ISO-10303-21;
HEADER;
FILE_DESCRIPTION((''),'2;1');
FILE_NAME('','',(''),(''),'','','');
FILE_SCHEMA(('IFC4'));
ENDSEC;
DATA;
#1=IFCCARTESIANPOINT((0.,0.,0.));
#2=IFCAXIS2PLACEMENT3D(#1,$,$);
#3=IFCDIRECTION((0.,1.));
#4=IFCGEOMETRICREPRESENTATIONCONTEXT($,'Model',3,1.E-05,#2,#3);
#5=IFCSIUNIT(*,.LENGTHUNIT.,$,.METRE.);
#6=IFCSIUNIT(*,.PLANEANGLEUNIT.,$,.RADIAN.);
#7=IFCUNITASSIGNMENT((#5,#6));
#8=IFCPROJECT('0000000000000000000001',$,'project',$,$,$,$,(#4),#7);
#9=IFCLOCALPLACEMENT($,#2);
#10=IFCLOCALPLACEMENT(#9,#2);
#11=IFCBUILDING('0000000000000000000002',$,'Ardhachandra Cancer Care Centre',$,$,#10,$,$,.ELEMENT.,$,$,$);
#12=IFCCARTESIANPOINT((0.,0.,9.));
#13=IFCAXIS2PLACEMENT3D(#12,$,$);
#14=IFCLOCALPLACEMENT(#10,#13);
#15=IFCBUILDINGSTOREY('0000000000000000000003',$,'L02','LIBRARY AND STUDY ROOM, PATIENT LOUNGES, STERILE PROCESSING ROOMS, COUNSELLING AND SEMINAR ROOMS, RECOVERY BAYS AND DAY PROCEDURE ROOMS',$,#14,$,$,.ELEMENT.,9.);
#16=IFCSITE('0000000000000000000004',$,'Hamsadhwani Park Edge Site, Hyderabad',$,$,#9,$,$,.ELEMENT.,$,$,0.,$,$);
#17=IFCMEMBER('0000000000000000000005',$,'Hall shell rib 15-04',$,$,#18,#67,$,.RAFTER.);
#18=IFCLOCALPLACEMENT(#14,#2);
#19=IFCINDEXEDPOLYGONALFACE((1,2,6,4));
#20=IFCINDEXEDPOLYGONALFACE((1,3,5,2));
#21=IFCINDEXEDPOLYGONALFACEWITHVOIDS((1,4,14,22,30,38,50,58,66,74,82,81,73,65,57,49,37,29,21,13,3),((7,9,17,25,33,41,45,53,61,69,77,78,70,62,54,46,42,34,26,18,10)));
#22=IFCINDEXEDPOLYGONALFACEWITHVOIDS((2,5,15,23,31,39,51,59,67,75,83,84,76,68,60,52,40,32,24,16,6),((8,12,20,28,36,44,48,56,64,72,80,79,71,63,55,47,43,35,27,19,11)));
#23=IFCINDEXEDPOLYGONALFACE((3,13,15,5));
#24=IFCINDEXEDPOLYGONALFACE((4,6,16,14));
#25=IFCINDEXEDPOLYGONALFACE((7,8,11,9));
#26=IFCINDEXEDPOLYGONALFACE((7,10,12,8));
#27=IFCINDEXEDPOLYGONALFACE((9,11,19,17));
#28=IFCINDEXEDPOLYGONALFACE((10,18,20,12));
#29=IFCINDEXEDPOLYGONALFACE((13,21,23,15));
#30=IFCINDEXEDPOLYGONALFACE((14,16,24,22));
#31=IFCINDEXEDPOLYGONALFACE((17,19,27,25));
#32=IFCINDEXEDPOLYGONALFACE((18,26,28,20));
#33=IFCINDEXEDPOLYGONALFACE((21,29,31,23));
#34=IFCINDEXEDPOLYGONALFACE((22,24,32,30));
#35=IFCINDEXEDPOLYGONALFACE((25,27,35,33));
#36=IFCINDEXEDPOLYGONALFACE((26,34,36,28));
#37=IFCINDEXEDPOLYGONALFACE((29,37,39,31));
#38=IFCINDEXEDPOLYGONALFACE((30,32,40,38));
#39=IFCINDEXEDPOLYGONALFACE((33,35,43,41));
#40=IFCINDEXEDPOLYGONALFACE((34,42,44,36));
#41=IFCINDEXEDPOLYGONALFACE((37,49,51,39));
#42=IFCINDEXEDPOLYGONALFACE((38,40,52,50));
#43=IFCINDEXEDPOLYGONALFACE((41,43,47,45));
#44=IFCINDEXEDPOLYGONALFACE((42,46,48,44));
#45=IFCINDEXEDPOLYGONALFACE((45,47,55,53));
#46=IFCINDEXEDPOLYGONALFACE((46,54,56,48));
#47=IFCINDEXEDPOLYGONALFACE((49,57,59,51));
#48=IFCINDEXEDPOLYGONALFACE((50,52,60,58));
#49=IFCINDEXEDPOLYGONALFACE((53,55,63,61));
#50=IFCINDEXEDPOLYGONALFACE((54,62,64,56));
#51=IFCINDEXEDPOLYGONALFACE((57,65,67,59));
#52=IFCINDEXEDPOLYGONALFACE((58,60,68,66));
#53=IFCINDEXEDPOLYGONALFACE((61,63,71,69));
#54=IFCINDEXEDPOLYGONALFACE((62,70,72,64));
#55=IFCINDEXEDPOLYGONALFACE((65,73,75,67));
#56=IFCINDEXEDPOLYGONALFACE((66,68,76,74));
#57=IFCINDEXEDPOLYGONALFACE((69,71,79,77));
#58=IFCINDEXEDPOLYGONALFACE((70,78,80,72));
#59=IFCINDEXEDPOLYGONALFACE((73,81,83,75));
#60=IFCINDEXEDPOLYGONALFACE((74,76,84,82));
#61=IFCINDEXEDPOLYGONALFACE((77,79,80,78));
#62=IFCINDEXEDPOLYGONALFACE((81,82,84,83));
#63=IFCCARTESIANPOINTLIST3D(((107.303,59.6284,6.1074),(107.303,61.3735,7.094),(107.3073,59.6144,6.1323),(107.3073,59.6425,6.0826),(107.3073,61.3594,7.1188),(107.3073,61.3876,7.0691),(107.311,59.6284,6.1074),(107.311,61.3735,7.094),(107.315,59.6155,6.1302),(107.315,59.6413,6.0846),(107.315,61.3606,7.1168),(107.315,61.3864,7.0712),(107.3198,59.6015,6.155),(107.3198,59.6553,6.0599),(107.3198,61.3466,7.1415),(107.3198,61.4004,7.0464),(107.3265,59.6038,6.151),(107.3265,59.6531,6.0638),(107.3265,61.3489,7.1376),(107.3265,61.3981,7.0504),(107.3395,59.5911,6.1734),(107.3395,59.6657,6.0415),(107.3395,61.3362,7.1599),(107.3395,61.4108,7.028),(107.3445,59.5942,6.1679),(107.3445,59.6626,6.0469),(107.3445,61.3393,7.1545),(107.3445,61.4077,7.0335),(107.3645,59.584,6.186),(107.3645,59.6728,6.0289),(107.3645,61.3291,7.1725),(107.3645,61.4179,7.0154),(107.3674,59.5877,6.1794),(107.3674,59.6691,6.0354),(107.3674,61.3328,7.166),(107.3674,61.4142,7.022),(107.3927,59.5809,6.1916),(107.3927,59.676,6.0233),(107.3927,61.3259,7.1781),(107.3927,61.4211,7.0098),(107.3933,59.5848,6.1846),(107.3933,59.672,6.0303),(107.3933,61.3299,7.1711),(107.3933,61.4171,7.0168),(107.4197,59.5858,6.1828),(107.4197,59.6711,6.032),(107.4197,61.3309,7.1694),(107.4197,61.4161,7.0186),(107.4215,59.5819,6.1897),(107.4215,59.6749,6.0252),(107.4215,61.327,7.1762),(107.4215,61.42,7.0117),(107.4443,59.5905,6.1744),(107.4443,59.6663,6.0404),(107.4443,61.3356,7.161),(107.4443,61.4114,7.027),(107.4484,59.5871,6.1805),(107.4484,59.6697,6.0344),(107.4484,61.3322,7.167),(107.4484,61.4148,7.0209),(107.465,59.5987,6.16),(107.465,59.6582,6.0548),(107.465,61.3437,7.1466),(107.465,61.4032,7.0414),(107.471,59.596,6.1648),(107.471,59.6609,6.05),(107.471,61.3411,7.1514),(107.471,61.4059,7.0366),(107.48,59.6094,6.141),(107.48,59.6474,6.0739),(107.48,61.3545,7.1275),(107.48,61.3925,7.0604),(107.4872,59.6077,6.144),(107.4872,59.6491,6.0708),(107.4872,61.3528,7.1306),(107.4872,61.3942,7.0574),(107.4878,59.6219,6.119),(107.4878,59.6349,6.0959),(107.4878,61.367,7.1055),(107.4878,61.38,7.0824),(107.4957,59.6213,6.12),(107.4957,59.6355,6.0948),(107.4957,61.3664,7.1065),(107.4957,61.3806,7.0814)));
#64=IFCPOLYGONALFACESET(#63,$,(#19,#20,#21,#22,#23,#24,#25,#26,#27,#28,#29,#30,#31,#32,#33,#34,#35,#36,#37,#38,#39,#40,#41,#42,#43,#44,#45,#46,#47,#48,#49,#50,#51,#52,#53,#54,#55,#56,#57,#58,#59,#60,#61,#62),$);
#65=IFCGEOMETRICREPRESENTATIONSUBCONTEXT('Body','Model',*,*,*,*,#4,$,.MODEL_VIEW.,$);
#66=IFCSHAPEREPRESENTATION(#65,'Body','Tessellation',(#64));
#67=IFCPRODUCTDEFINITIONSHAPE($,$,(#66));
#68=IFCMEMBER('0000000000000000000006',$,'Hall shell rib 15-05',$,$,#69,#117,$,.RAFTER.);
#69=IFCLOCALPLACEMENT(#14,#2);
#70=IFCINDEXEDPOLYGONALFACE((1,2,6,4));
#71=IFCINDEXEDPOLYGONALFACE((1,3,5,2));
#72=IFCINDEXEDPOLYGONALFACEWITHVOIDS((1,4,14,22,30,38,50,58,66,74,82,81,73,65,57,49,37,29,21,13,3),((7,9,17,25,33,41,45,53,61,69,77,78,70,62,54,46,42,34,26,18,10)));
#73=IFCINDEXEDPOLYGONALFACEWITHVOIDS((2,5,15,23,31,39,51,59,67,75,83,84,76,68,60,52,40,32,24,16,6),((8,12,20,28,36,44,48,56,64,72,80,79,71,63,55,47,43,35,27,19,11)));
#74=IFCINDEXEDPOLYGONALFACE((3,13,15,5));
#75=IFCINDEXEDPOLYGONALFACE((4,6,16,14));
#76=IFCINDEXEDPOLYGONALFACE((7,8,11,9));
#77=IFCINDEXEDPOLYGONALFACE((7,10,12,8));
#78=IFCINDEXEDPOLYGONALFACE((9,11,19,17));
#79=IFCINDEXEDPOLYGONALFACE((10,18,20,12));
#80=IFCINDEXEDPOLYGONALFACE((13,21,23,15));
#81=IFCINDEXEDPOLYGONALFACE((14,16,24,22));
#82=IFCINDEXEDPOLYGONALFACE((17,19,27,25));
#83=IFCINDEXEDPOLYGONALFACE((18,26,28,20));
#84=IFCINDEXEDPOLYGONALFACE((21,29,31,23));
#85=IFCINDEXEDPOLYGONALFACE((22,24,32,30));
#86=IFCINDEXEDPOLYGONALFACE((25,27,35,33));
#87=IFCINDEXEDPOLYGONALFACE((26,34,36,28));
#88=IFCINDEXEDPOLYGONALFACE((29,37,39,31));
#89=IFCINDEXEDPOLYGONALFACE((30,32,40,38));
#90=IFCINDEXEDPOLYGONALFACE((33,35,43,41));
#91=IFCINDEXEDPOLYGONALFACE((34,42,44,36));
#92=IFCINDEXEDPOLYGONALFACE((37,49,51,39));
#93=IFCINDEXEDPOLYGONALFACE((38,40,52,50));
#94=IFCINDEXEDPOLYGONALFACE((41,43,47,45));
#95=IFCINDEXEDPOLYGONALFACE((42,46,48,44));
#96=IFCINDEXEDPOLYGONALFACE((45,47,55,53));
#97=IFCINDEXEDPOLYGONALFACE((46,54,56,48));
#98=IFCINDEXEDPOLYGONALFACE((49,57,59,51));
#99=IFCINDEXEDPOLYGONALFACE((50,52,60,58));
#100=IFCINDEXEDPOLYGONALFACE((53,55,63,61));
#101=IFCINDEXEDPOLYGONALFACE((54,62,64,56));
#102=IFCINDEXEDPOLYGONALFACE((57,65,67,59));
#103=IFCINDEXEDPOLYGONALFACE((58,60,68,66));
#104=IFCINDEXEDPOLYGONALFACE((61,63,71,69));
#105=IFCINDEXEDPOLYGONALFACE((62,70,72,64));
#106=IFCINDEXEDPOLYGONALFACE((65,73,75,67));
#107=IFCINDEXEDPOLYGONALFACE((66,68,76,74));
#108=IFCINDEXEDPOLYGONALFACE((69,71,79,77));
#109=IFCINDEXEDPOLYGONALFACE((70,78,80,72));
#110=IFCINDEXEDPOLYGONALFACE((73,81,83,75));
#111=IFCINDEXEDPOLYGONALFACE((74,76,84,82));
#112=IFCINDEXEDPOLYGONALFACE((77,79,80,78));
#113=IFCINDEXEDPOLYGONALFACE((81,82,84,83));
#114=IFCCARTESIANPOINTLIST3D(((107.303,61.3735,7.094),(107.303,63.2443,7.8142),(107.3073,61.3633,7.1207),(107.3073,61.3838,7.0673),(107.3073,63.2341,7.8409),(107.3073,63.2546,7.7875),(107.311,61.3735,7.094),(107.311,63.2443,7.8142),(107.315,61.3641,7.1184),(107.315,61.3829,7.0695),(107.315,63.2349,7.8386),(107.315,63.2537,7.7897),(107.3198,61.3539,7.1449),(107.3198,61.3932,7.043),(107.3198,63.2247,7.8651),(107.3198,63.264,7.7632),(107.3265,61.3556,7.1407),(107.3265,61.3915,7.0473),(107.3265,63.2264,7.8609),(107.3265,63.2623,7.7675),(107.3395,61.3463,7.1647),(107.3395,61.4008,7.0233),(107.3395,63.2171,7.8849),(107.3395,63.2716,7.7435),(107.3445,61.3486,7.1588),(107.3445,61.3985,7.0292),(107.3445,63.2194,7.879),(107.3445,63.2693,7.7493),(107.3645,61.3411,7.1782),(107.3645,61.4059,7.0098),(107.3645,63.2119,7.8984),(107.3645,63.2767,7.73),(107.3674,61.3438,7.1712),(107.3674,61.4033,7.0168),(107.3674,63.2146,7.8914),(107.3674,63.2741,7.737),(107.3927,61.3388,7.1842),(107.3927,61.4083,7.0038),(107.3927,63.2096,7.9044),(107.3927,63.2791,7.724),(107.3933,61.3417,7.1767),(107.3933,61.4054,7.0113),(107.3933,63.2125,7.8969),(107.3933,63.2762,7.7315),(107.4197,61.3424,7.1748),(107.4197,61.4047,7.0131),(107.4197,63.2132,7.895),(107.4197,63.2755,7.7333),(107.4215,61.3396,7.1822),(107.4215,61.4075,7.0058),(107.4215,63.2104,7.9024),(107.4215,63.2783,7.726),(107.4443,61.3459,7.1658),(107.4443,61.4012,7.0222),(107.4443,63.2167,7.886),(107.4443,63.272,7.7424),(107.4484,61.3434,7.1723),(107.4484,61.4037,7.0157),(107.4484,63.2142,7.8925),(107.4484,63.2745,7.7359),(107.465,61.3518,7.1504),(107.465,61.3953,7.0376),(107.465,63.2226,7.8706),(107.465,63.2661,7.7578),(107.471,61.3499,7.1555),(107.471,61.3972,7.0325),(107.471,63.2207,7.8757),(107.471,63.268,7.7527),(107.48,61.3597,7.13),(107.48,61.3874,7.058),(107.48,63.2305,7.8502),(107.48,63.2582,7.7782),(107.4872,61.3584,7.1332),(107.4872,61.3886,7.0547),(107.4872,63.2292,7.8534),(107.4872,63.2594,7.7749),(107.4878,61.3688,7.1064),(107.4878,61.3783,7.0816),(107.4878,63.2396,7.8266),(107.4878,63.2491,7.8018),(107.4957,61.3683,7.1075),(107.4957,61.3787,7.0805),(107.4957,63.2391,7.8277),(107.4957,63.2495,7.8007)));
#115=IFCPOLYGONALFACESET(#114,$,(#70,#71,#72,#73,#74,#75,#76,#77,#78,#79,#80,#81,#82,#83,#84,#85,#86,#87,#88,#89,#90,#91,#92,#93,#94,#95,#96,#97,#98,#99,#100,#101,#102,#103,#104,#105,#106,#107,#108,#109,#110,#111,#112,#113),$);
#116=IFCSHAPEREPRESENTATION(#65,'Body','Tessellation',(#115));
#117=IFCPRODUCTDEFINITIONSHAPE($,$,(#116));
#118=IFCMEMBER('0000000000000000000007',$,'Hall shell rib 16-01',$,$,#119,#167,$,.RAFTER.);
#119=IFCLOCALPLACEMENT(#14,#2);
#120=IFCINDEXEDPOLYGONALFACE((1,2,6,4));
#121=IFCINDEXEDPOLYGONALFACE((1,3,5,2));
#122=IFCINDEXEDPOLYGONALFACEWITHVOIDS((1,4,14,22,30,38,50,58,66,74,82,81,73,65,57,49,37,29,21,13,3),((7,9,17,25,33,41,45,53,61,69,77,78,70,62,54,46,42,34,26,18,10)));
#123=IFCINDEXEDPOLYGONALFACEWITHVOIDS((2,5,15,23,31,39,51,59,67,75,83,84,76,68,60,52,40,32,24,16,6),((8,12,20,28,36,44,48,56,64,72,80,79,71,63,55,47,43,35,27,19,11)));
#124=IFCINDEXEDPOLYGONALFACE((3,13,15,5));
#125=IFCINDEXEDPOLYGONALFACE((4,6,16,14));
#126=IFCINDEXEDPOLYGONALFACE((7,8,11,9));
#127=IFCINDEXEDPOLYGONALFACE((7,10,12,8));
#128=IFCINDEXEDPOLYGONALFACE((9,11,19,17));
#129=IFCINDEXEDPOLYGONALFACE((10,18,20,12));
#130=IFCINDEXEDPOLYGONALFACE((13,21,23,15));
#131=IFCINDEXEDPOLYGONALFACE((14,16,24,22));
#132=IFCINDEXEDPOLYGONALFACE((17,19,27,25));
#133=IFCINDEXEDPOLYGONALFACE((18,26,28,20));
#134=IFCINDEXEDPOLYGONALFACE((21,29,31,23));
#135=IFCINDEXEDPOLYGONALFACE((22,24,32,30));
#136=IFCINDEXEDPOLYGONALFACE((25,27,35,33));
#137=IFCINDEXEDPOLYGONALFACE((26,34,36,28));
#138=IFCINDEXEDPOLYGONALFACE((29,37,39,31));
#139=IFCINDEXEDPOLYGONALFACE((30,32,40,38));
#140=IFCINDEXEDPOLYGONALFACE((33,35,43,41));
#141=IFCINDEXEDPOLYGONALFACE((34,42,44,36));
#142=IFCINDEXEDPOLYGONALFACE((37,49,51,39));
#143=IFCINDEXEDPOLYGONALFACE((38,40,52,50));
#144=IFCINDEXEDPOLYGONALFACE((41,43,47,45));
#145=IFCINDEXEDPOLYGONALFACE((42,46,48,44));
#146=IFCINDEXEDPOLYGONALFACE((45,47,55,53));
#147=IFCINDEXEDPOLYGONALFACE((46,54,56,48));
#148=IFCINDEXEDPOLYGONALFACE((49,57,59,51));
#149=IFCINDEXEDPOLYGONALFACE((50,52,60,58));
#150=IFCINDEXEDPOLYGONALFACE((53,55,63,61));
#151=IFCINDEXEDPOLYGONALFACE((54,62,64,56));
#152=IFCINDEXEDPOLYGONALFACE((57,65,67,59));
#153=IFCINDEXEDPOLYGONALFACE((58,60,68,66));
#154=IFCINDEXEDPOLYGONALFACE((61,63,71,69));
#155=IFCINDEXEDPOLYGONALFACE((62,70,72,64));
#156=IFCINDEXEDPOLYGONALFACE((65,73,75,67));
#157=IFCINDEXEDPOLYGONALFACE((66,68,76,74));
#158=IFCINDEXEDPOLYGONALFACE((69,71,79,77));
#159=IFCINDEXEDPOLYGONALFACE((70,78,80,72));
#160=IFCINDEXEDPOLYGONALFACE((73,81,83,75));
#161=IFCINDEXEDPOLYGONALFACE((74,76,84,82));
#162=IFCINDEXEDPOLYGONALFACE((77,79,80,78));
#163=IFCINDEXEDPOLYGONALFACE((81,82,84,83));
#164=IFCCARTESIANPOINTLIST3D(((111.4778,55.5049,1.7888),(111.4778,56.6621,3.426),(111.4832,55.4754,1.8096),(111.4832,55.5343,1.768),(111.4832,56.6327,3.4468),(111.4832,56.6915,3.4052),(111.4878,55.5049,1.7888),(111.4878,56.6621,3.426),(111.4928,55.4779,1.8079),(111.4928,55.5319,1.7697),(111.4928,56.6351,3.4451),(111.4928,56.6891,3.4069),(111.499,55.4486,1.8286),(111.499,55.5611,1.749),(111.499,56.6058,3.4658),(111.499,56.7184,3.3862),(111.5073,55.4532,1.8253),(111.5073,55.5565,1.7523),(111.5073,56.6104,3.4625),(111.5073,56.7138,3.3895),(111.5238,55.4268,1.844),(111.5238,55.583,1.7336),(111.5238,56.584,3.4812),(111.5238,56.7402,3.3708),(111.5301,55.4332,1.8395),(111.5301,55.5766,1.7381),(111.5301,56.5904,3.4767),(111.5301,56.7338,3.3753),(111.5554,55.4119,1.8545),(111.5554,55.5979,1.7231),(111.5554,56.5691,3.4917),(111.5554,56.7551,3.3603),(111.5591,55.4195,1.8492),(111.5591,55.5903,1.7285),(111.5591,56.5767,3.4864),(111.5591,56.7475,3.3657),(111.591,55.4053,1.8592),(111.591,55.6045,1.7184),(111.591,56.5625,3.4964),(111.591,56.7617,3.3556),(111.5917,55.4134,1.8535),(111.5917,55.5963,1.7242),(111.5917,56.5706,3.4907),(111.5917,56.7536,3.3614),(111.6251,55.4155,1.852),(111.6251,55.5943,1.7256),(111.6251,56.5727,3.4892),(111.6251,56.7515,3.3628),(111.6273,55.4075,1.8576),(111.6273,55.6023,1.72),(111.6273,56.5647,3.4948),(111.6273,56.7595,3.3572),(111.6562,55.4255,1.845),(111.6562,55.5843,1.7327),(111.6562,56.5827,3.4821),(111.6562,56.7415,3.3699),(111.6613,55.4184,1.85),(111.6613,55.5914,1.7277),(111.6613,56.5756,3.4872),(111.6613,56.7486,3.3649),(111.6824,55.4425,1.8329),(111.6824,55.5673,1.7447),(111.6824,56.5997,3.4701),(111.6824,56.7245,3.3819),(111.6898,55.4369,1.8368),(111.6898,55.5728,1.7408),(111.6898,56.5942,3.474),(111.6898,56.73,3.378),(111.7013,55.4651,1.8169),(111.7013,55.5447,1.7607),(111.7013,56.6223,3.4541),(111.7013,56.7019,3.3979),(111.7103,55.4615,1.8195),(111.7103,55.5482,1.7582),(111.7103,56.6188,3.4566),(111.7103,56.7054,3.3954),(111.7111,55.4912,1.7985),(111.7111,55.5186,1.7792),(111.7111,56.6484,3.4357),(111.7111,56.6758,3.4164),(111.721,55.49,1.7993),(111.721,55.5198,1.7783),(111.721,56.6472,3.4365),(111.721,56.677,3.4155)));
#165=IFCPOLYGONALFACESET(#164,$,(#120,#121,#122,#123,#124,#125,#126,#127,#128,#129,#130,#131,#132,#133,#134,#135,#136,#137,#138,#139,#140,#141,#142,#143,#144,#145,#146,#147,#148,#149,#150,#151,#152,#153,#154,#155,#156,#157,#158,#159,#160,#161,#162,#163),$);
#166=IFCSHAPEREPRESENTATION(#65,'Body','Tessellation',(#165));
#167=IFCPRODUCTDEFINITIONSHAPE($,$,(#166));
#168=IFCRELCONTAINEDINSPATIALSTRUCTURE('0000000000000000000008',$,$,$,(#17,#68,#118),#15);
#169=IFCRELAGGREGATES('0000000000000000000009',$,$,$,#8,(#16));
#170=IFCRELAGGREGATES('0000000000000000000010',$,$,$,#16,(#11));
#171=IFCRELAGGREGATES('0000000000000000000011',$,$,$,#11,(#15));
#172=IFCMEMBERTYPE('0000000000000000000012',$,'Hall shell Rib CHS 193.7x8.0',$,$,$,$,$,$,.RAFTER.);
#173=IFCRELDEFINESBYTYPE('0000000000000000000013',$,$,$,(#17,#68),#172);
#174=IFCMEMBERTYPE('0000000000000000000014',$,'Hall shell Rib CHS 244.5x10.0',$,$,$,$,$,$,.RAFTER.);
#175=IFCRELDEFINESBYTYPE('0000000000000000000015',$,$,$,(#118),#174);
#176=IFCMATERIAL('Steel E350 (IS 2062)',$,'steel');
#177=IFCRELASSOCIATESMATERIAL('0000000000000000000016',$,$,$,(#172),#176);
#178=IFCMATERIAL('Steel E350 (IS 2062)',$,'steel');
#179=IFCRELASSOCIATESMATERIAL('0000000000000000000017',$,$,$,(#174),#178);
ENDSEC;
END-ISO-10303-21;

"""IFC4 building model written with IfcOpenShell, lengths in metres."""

from ifc_helpers import new_model, si_unit, direction, frame, origin, origin_2d, place, context, subcontext, project, spatial, hollow_circle, extrude, material, material_profile, profile_set, type_object, element, save


model = new_model("IFC4")

# Units and contexts
model_context = context("Model", 3, precision=1e-05, world=origin(), true_north=direction((0.0, 1.0)))
body_context = subcontext(model_context, "Body", "Model", "MODEL_VIEW")
ifc_project = project(units=[si_unit("LENGTHUNIT", "METRE"), si_unit("PLANEANGLEUNIT", "RADIAN")], contexts=[model_context])

# Site, building, storey
site_placement = place(None, origin())
site = spatial("IfcSite", under=ifc_project, at=site_placement, Name="Hamsadhwani Park Edge Site, Hyderabad", CompositionType="ELEMENT", RefElevation=0.0)
building_placement = place(site_placement, origin())
building = spatial("IfcBuilding", under=site, at=building_placement, Name="Ardhachandra Cancer Care Centre", CompositionType="ELEMENT")
storey_placement = place(building_placement, frame((0.0, 0.0, 9.0)))
storey = spatial("IfcBuildingStorey", under=building, at=storey_placement, Name="L02", Description="LIBRARY AND STUDY ROOM, PATIENT LOUNGES, STERILE PROCESSING ROOMS, COUNSELLING AND SEMINAR ROOMS, RECOVERY BAYS AND DAY PROCEDURE ROOMS", CompositionType="ELEMENT", Elevation=9.0)

# Members
ifc_material_1 = material(Name="Steel E350 (IS 2062)", Category="steel")
ifc_material_profile_1 = material_profile(ifc_material_1, hollow_circle(Radius=0.0969, WallThickness=0.0081, at=origin_2d()), Name="CHS 193.7x8.0")
ifc_profile_set_1 = profile_set([ifc_material_profile_1], Name="Steel E350 (IS 2062)")
member_type_1 = type_object("IfcMemberType", Name="Hall shell Rib CHS 193.7x8.0", PredefinedType="RAFTER", material=ifc_profile_set_1)
for number, where, z_axis, x_axis, name in (
    (1, (107.3999, 59.6284, 6.1074), (0.0, 0.87052, 0.492134), (-1.0, 0.0, 0.0), "Hall shell rib 15-04"),
    (2, (107.3999, 61.3735, 7.094), (0.0, 0.933236, 0.359265), (-1.0, 0.0, 0.0), "Hall shell rib 15-05"),
):
    element("IfcMember", number, at=place(storey_placement, frame(where, z_axis=z_axis, x_axis=x_axis)), inside=storey, type_object=member_type_1, Name=name, PredefinedType="RAFTER", context=body_context, shape_type="SweptSolid", body=[
        extrude(hollow_circle(Radius=0.0969, WallThickness=0.0081, at=origin_2d()), origin(), (0.0, 0.0, 1.0), 2.0046),
    ])
ifc_material_2 = material(Name="Steel E350 (IS 2062)", Category="steel")
ifc_material_profile_2 = material_profile(ifc_material_2, hollow_circle(Radius=0.1223, WallThickness=0.01, at=origin_2d()), Name="CHS 244.5x10.0")
ifc_profile_set_2 = profile_set([ifc_material_profile_2], Name="Steel E350 (IS 2062)")
member_type_2 = type_object("IfcMemberType", Name="Hall shell Rib CHS 244.5x10.0", PredefinedType="RAFTER", material=ifc_profile_set_2)
member_1_placement = place(storey_placement, frame((111.6001, 55.5049, 1.7888), z_axis=(0.0, 0.577199, 0.816603), x_axis=(-1.0, 0.0, 0.0)))
element("IfcMember", 3, at=member_1_placement, inside=storey, type_object=member_type_2, Name="Hall shell rib 16-01", PredefinedType="RAFTER", context=body_context, shape_type="SweptSolid", body=[
    extrude(hollow_circle(Radius=0.1223, WallThickness=0.01, at=origin_2d()), origin(), (0.0, 0.0, 1.0), 2.0049),
])

save(model, "model.ifc")
